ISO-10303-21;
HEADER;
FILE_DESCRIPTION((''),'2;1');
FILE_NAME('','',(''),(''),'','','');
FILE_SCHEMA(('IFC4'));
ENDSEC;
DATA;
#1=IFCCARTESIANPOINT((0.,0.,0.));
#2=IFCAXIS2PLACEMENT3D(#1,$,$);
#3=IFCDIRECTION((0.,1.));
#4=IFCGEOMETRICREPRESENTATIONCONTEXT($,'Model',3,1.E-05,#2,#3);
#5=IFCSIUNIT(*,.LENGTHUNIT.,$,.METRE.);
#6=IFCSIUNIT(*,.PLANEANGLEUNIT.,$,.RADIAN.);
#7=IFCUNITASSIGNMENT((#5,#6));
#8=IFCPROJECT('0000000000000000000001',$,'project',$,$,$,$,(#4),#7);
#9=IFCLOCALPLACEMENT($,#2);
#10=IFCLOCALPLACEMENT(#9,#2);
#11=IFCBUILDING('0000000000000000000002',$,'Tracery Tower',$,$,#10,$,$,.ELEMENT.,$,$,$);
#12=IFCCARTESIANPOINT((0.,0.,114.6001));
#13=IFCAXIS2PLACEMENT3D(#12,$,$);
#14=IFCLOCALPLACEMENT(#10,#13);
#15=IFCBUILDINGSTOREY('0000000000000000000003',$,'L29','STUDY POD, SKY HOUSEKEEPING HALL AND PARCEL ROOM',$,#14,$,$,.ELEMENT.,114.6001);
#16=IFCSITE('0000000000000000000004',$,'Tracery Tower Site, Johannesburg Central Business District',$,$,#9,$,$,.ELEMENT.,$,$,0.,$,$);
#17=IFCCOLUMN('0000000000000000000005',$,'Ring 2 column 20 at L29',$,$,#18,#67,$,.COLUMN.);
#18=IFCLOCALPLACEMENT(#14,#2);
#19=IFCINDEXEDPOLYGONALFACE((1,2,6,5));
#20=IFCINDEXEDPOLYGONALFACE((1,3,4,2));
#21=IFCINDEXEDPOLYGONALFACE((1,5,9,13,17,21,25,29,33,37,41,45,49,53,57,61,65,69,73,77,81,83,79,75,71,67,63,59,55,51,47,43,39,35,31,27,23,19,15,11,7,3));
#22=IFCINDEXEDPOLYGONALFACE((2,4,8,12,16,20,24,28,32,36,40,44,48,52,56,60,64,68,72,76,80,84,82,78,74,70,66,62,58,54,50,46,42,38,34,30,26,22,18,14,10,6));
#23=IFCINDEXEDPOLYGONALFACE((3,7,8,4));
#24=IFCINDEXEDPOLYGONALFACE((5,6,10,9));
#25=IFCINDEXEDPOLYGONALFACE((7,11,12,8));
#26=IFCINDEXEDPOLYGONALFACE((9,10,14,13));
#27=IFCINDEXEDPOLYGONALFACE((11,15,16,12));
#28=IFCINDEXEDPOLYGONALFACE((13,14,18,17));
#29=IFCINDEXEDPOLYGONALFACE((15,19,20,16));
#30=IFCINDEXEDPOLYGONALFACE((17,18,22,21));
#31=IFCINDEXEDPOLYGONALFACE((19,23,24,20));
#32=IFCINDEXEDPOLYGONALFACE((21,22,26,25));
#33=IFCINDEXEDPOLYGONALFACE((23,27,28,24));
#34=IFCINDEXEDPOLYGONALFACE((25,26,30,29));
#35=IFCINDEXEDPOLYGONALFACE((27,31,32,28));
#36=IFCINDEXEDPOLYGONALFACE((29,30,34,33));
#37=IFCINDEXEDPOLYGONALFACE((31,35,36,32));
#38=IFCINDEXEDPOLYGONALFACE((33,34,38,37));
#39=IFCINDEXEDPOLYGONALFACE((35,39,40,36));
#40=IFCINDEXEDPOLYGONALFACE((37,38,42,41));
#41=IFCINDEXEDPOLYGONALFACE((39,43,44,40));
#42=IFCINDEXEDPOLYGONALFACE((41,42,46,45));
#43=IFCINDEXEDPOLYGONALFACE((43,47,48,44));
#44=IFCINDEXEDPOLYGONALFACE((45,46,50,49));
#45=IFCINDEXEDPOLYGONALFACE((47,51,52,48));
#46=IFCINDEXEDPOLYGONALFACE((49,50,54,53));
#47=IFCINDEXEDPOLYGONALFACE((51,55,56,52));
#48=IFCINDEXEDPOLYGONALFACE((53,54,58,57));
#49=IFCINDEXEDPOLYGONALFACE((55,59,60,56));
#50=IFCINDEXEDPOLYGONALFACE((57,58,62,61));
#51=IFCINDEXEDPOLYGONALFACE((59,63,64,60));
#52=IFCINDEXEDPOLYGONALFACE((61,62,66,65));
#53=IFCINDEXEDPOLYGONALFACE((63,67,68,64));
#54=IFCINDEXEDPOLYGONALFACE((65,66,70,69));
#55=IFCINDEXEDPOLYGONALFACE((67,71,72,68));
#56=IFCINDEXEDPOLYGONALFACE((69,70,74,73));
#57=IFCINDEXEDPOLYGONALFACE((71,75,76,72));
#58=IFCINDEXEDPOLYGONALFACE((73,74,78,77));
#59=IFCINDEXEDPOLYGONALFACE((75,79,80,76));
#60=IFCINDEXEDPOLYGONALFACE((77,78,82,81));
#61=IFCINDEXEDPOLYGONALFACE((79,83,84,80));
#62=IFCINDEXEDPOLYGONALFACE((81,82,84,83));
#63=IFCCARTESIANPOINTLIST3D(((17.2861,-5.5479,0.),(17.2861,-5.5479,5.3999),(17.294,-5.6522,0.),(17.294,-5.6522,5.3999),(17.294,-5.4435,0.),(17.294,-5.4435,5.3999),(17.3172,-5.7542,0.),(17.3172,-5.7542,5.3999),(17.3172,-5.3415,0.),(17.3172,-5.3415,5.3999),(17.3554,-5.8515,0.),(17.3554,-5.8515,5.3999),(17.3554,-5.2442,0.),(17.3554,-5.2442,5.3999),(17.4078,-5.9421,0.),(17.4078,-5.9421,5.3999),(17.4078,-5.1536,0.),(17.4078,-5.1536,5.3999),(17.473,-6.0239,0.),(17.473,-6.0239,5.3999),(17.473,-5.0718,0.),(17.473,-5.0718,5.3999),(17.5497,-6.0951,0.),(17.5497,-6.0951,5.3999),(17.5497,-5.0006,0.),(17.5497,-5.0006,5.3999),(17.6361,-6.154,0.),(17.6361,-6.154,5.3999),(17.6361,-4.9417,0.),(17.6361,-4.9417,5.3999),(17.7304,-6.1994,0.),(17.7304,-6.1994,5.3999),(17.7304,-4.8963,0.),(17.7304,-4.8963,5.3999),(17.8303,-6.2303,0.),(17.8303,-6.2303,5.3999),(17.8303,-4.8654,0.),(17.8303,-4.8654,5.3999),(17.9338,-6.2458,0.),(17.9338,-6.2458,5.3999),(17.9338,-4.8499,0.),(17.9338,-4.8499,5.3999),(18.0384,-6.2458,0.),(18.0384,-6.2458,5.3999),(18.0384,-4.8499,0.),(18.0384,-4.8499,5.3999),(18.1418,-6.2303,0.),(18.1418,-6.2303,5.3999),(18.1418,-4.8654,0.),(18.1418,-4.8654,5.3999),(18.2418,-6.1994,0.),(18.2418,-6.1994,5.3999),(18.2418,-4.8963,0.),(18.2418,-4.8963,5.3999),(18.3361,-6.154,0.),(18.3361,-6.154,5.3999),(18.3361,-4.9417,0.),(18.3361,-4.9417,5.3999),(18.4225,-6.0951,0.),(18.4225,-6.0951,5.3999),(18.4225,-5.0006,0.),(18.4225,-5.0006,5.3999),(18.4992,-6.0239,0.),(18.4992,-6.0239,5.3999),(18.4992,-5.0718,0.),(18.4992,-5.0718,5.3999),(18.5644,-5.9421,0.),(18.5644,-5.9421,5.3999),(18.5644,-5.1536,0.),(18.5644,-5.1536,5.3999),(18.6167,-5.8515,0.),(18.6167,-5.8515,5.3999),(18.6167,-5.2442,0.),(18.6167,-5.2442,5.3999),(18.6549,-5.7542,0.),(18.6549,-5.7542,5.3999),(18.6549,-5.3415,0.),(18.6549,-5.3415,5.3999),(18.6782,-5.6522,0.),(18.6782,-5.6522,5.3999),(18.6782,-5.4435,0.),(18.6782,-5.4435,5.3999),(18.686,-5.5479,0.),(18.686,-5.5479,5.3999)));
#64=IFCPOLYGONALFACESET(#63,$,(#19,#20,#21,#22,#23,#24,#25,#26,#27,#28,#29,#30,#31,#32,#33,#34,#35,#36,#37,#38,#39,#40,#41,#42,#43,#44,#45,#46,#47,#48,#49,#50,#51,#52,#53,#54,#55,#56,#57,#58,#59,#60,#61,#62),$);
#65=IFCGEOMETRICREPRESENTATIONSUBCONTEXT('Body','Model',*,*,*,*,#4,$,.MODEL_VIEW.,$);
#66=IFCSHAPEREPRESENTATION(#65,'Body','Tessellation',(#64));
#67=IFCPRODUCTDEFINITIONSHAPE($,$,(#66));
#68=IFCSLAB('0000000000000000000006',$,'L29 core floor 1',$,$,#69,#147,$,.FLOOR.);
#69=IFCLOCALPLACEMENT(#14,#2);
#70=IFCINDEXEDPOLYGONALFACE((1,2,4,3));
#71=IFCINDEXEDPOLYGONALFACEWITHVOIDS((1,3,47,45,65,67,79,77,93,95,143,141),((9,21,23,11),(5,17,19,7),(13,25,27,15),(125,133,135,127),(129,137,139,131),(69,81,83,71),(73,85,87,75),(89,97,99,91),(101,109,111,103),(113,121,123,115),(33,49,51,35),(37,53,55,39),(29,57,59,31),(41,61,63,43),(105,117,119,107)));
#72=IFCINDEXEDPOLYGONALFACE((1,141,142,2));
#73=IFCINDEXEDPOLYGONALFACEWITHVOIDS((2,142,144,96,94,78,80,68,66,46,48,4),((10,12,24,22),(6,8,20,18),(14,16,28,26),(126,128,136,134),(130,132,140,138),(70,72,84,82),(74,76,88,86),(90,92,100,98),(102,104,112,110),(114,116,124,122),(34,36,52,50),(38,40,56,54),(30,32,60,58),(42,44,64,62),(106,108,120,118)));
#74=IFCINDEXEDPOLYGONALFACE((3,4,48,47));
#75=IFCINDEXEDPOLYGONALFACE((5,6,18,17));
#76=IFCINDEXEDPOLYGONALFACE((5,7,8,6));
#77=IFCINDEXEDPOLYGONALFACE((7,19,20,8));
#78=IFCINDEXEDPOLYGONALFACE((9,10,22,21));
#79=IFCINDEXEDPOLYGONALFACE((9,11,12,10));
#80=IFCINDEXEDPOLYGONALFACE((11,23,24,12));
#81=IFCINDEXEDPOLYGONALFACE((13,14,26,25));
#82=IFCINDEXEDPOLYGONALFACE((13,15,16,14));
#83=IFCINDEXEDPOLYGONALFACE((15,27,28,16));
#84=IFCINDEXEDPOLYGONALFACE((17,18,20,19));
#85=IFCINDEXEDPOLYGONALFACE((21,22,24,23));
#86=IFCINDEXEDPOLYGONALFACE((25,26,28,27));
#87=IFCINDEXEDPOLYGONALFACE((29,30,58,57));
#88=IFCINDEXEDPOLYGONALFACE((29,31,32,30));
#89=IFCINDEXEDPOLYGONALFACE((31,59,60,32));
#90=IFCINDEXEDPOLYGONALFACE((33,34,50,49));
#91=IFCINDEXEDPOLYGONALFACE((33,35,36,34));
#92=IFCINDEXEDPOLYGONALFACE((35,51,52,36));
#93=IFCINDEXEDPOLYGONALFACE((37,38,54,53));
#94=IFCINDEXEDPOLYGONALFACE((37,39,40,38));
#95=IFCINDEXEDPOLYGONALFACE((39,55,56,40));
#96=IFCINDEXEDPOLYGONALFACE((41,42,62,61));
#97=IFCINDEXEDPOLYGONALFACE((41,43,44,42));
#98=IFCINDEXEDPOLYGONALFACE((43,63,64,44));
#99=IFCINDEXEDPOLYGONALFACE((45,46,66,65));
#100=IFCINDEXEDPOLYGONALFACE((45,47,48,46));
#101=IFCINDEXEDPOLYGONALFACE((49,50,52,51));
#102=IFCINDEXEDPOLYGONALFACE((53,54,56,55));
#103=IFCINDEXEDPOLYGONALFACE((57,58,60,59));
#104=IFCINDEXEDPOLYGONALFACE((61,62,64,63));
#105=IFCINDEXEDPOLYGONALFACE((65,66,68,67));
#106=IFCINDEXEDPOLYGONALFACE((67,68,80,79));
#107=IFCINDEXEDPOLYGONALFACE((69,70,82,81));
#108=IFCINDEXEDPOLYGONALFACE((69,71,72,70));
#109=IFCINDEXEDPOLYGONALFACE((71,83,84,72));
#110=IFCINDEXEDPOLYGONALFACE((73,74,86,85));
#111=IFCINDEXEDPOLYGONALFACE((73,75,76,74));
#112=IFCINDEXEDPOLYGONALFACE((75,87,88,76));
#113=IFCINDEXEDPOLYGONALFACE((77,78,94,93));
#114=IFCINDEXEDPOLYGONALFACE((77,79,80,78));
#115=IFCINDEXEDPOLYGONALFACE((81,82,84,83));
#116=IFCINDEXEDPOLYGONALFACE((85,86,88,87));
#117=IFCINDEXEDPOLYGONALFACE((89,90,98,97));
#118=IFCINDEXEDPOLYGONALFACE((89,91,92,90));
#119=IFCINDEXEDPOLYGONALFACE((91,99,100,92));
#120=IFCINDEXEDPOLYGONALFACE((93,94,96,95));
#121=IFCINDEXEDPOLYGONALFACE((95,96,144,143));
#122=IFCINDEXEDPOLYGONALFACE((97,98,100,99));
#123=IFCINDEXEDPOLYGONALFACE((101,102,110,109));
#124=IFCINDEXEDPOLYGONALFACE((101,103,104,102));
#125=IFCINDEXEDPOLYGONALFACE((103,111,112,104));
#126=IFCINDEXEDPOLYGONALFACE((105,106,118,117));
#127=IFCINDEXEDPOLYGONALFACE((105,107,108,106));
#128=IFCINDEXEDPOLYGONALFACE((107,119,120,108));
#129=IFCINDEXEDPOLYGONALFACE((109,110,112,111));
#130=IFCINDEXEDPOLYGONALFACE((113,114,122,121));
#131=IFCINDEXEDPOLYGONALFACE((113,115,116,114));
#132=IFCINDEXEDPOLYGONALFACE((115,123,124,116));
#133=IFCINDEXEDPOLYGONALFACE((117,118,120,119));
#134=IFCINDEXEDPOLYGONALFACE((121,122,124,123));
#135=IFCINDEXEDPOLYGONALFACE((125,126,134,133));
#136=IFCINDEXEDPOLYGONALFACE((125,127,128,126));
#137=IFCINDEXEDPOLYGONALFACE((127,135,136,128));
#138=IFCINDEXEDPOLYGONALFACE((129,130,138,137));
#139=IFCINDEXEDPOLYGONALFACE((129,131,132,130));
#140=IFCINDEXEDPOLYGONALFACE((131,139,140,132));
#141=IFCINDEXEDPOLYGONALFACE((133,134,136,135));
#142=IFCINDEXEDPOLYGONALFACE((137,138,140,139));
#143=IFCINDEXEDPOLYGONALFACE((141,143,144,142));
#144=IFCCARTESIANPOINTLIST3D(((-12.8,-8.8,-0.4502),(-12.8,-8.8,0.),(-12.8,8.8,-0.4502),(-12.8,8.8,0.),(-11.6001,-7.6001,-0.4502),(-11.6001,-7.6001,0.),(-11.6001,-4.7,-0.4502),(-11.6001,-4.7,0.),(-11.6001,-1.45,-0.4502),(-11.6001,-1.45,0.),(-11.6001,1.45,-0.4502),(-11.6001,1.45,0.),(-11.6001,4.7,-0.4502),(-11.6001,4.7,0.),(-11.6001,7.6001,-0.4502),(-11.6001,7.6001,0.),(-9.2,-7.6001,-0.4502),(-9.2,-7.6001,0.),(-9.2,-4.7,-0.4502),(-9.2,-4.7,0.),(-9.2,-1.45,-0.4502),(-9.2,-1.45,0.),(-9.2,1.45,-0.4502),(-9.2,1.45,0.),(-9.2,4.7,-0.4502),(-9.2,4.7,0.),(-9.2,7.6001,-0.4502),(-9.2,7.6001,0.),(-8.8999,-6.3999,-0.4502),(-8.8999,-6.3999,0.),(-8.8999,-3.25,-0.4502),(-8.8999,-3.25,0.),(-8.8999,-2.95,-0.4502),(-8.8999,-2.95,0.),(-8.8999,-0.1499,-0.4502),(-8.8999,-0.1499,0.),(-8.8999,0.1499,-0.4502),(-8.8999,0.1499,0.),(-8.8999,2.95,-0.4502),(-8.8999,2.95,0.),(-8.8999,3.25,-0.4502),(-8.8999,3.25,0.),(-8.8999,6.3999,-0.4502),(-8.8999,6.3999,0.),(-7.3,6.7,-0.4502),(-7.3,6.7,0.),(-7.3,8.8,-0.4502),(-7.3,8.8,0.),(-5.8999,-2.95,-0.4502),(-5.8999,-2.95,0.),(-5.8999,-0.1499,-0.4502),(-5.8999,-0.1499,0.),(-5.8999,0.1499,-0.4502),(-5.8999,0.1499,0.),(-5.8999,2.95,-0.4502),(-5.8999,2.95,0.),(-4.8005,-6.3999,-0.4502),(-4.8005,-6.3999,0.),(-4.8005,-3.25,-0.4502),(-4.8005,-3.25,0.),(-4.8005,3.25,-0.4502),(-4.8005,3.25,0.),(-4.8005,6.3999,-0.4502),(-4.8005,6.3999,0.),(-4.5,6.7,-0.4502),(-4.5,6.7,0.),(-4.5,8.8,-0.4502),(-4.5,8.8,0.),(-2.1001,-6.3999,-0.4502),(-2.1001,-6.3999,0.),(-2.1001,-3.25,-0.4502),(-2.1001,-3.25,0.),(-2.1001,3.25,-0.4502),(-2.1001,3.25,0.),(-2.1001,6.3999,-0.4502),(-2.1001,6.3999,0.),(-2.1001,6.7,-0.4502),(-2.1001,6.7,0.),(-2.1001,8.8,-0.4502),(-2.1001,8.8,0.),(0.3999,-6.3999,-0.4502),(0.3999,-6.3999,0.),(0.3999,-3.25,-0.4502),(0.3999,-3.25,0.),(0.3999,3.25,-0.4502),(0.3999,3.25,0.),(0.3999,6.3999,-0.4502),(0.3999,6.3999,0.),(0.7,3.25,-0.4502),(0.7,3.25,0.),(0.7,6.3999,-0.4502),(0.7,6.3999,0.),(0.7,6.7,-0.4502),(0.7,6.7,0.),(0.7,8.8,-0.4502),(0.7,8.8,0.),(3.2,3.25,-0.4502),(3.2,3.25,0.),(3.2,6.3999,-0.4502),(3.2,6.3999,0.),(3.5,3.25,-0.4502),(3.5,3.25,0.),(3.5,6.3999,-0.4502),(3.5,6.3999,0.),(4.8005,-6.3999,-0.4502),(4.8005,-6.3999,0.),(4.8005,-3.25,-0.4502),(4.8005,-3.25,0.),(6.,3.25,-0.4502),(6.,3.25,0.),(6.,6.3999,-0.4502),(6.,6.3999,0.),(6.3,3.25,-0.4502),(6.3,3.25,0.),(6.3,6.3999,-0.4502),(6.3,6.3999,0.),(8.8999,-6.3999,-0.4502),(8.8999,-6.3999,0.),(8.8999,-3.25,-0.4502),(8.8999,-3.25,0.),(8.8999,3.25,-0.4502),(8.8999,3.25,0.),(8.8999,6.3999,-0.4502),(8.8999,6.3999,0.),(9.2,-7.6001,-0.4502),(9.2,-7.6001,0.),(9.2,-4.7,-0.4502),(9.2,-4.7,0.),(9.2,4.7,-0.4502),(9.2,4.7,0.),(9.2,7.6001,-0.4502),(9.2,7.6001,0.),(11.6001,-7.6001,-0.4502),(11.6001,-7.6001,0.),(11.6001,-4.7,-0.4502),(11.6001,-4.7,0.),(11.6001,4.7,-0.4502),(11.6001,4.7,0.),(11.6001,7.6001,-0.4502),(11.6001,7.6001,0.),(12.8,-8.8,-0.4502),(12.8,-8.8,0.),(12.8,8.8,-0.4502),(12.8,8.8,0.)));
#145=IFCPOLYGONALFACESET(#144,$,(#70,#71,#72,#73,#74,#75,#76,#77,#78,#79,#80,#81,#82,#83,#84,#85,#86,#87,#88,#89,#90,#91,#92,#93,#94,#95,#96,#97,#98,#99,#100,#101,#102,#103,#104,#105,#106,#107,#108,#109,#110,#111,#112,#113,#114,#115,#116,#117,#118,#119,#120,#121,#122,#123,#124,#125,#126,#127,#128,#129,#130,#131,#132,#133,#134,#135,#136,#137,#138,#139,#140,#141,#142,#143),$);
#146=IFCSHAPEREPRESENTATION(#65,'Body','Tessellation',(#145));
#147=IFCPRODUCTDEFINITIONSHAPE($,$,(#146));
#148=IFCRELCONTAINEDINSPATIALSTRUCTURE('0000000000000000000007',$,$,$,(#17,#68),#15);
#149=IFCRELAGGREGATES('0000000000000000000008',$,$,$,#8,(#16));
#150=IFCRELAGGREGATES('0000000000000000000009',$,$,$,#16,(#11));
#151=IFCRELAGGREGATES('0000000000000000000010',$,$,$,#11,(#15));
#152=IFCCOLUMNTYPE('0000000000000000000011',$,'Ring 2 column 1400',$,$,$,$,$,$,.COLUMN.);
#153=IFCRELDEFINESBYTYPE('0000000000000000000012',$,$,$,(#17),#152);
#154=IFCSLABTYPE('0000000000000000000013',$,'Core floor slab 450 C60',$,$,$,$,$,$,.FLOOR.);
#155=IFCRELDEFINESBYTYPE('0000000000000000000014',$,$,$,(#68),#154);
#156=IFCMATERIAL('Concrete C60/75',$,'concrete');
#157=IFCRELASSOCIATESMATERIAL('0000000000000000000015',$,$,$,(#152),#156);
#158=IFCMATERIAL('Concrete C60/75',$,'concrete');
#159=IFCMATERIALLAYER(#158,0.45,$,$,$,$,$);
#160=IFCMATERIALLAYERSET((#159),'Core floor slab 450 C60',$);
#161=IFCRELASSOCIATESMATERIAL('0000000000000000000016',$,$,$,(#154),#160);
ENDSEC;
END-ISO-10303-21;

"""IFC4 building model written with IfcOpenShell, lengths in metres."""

from ifc_helpers import new_model, si_unit, direction, frame, origin, origin_2d, place, context, subcontext, project, spatial, polyline, circle, outline, extrude, material, layer, layer_set, material_profile, profile_set, type_object, element, save


model = new_model("IFC4")

# Units and contexts
model_context = context("Model", 3, precision=1e-05, world=origin(), true_north=direction((0.0, 1.0)))
body_context = subcontext(model_context, "Body", "Model", "MODEL_VIEW")
ifc_project = project(units=[si_unit("LENGTHUNIT", "METRE"), si_unit("PLANEANGLEUNIT", "RADIAN")], contexts=[model_context])

# Site, building, storey
site_placement = place(None, origin())
site = spatial("IfcSite", under=ifc_project, at=site_placement, Name="Tracery Tower Site, Johannesburg Central Business District", CompositionType="ELEMENT", RefElevation=0.0)
building_placement = place(site_placement, origin())
building = spatial("IfcBuilding", under=site, at=building_placement, Name="Tracery Tower", CompositionType="ELEMENT")
storey_placement = place(building_placement, frame((0.0, 0.0, 114.6001)))
storey = spatial("IfcBuildingStorey", under=building, at=storey_placement, Name="L29", Description="STUDY POD, SKY HOUSEKEEPING HALL AND PARCEL ROOM", CompositionType="ELEMENT", Elevation=114.6001)

# Column
ifc_material_1 = material(Name="Concrete C60/75", Category="concrete")
ifc_material_profile = material_profile(ifc_material_1, circle(Radius=0.7, at=origin_2d()), Name="RC D1400")
ifc_profile_set = profile_set([ifc_material_profile], Name="Concrete C60/75")
column_type = type_object("IfcColumnType", Name="Ring 2 column 1400", PredefinedType="COLUMN", material=ifc_profile_set)
column_placement = place(storey_placement, frame((17.9861, -5.5479, 0.0), z_axis=(0.0, 0.0, 1.0), x_axis=(1.0, 0.0, 0.0)))
element("IfcColumn", 1, at=column_placement, inside=storey, type_object=column_type, Name="Ring 2 column 20 at L29", PredefinedType="COLUMN", context=body_context, shape_type="SweptSolid", body=[
    extrude(circle(Radius=0.7, at=origin_2d()), origin(), (0.0, 0.0, 1.0), 5.3999),
])

# Slab
ifc_material_2 = material(Name="Concrete C60/75", Category="concrete")
ifc_layer_1 = layer(ifc_material_2, 0.45)
ifc_layer_set_1 = layer_set([ifc_layer_1], Name="Core floor slab 450 C60")
slab_type_1 = type_object("IfcSlabType", Name="Core floor slab 450 C60", PredefinedType="FLOOR", material=ifc_layer_set_1)
slab_1_placement = place(storey_placement, frame((0.0, 0.0, -0.4502)))
element("IfcSlab", 2, at=slab_1_placement, inside=storey, type_object=slab_type_1, Name="L29 core floor 1", PredefinedType="FLOOR", context=body_context, shape_type="SweptSolid", body=[
    extrude(outline(polyline([(-12.8, 8.8), (-7.3, 8.8), (-7.3, 6.7), (-4.5, 6.7), (-4.5, 8.8), (-2.1001, 8.8), (-2.1001, 6.7), (0.7, 6.7), (0.7, 8.8), (12.8, 8.8), (12.8, -8.8), (-12.8, -8.8), (-12.8, 8.8)]), holes=[polyline([(11.6001, -7.6001), (11.6001, -4.7), (9.2, -4.7), (9.2, -7.6001), (11.6001, -7.6001)]), polyline([(11.6001, 4.7), (11.6001, 7.6001), (9.2, 7.6001), (9.2, 4.7), (11.6001, 4.7)]), polyline([(4.8005, -3.25), (4.8005, -6.3999), (8.8999, -6.3999), (8.8999, -3.25), (4.8005, -3.25)]), polyline([(6.3, 3.25), (8.8999, 3.25), (8.8999, 6.3999), (6.3, 6.3999), (6.3, 3.25)]), polyline([(3.5, 3.25), (6.0, 3.25), (6.0, 6.3999), (3.5, 6.3999), (3.5, 3.25)]), polyline([(3.2, 3.25), (3.2, 6.3999), (0.7, 6.3999), (0.7, 3.25), (3.2, 3.25)]), polyline([(-2.1001, 3.25), (0.3999, 3.25), (0.3999, 6.3999), (-2.1001, 6.3999), (-2.1001, 3.25)]), polyline([(0.3999, -6.3999), (0.3999, -3.25), (-2.1001, -3.25), (-2.1001, -6.3999), (0.3999, -6.3999)]), polyline([(-4.8005, -3.25), (-8.8999, -3.25), (-8.8999, -6.3999), (-4.8005, -6.3999), (-4.8005, -3.25)]), polyline([(-4.8005, 6.3999), (-8.8999, 6.3999), (-8.8999, 3.25), (-4.8005, 3.25), (-4.8005, 6.3999)]), polyline([(-8.8999, -2.95), (-5.8999, -2.95), (-5.8999, -0.1499), (-8.8999, -0.1499), (-8.8999, -2.95)]), polyline([(-5.8999, 0.1499), (-5.8999, 2.95), (-8.8999, 2.95), (-8.8999, 0.1499), (-5.8999, 0.1499)]), polyline([(-11.6001, 4.7), (-9.2, 4.7), (-9.2, 7.6001), (-11.6001, 7.6001), (-11.6001, 4.7)]), polyline([(-9.2, -7.6001), (-9.2, -4.7), (-11.6001, -4.7), (-11.6001, -7.6001), (-9.2, -7.6001)]), polyline([(-9.2, -1.45), (-9.2, 1.45), (-11.6001, 1.45), (-11.6001, -1.45), (-9.2, -1.45)])]), origin(), (0.0, 0.0, 1.0), 0.4502),
])

save(model, "model.ifc")
